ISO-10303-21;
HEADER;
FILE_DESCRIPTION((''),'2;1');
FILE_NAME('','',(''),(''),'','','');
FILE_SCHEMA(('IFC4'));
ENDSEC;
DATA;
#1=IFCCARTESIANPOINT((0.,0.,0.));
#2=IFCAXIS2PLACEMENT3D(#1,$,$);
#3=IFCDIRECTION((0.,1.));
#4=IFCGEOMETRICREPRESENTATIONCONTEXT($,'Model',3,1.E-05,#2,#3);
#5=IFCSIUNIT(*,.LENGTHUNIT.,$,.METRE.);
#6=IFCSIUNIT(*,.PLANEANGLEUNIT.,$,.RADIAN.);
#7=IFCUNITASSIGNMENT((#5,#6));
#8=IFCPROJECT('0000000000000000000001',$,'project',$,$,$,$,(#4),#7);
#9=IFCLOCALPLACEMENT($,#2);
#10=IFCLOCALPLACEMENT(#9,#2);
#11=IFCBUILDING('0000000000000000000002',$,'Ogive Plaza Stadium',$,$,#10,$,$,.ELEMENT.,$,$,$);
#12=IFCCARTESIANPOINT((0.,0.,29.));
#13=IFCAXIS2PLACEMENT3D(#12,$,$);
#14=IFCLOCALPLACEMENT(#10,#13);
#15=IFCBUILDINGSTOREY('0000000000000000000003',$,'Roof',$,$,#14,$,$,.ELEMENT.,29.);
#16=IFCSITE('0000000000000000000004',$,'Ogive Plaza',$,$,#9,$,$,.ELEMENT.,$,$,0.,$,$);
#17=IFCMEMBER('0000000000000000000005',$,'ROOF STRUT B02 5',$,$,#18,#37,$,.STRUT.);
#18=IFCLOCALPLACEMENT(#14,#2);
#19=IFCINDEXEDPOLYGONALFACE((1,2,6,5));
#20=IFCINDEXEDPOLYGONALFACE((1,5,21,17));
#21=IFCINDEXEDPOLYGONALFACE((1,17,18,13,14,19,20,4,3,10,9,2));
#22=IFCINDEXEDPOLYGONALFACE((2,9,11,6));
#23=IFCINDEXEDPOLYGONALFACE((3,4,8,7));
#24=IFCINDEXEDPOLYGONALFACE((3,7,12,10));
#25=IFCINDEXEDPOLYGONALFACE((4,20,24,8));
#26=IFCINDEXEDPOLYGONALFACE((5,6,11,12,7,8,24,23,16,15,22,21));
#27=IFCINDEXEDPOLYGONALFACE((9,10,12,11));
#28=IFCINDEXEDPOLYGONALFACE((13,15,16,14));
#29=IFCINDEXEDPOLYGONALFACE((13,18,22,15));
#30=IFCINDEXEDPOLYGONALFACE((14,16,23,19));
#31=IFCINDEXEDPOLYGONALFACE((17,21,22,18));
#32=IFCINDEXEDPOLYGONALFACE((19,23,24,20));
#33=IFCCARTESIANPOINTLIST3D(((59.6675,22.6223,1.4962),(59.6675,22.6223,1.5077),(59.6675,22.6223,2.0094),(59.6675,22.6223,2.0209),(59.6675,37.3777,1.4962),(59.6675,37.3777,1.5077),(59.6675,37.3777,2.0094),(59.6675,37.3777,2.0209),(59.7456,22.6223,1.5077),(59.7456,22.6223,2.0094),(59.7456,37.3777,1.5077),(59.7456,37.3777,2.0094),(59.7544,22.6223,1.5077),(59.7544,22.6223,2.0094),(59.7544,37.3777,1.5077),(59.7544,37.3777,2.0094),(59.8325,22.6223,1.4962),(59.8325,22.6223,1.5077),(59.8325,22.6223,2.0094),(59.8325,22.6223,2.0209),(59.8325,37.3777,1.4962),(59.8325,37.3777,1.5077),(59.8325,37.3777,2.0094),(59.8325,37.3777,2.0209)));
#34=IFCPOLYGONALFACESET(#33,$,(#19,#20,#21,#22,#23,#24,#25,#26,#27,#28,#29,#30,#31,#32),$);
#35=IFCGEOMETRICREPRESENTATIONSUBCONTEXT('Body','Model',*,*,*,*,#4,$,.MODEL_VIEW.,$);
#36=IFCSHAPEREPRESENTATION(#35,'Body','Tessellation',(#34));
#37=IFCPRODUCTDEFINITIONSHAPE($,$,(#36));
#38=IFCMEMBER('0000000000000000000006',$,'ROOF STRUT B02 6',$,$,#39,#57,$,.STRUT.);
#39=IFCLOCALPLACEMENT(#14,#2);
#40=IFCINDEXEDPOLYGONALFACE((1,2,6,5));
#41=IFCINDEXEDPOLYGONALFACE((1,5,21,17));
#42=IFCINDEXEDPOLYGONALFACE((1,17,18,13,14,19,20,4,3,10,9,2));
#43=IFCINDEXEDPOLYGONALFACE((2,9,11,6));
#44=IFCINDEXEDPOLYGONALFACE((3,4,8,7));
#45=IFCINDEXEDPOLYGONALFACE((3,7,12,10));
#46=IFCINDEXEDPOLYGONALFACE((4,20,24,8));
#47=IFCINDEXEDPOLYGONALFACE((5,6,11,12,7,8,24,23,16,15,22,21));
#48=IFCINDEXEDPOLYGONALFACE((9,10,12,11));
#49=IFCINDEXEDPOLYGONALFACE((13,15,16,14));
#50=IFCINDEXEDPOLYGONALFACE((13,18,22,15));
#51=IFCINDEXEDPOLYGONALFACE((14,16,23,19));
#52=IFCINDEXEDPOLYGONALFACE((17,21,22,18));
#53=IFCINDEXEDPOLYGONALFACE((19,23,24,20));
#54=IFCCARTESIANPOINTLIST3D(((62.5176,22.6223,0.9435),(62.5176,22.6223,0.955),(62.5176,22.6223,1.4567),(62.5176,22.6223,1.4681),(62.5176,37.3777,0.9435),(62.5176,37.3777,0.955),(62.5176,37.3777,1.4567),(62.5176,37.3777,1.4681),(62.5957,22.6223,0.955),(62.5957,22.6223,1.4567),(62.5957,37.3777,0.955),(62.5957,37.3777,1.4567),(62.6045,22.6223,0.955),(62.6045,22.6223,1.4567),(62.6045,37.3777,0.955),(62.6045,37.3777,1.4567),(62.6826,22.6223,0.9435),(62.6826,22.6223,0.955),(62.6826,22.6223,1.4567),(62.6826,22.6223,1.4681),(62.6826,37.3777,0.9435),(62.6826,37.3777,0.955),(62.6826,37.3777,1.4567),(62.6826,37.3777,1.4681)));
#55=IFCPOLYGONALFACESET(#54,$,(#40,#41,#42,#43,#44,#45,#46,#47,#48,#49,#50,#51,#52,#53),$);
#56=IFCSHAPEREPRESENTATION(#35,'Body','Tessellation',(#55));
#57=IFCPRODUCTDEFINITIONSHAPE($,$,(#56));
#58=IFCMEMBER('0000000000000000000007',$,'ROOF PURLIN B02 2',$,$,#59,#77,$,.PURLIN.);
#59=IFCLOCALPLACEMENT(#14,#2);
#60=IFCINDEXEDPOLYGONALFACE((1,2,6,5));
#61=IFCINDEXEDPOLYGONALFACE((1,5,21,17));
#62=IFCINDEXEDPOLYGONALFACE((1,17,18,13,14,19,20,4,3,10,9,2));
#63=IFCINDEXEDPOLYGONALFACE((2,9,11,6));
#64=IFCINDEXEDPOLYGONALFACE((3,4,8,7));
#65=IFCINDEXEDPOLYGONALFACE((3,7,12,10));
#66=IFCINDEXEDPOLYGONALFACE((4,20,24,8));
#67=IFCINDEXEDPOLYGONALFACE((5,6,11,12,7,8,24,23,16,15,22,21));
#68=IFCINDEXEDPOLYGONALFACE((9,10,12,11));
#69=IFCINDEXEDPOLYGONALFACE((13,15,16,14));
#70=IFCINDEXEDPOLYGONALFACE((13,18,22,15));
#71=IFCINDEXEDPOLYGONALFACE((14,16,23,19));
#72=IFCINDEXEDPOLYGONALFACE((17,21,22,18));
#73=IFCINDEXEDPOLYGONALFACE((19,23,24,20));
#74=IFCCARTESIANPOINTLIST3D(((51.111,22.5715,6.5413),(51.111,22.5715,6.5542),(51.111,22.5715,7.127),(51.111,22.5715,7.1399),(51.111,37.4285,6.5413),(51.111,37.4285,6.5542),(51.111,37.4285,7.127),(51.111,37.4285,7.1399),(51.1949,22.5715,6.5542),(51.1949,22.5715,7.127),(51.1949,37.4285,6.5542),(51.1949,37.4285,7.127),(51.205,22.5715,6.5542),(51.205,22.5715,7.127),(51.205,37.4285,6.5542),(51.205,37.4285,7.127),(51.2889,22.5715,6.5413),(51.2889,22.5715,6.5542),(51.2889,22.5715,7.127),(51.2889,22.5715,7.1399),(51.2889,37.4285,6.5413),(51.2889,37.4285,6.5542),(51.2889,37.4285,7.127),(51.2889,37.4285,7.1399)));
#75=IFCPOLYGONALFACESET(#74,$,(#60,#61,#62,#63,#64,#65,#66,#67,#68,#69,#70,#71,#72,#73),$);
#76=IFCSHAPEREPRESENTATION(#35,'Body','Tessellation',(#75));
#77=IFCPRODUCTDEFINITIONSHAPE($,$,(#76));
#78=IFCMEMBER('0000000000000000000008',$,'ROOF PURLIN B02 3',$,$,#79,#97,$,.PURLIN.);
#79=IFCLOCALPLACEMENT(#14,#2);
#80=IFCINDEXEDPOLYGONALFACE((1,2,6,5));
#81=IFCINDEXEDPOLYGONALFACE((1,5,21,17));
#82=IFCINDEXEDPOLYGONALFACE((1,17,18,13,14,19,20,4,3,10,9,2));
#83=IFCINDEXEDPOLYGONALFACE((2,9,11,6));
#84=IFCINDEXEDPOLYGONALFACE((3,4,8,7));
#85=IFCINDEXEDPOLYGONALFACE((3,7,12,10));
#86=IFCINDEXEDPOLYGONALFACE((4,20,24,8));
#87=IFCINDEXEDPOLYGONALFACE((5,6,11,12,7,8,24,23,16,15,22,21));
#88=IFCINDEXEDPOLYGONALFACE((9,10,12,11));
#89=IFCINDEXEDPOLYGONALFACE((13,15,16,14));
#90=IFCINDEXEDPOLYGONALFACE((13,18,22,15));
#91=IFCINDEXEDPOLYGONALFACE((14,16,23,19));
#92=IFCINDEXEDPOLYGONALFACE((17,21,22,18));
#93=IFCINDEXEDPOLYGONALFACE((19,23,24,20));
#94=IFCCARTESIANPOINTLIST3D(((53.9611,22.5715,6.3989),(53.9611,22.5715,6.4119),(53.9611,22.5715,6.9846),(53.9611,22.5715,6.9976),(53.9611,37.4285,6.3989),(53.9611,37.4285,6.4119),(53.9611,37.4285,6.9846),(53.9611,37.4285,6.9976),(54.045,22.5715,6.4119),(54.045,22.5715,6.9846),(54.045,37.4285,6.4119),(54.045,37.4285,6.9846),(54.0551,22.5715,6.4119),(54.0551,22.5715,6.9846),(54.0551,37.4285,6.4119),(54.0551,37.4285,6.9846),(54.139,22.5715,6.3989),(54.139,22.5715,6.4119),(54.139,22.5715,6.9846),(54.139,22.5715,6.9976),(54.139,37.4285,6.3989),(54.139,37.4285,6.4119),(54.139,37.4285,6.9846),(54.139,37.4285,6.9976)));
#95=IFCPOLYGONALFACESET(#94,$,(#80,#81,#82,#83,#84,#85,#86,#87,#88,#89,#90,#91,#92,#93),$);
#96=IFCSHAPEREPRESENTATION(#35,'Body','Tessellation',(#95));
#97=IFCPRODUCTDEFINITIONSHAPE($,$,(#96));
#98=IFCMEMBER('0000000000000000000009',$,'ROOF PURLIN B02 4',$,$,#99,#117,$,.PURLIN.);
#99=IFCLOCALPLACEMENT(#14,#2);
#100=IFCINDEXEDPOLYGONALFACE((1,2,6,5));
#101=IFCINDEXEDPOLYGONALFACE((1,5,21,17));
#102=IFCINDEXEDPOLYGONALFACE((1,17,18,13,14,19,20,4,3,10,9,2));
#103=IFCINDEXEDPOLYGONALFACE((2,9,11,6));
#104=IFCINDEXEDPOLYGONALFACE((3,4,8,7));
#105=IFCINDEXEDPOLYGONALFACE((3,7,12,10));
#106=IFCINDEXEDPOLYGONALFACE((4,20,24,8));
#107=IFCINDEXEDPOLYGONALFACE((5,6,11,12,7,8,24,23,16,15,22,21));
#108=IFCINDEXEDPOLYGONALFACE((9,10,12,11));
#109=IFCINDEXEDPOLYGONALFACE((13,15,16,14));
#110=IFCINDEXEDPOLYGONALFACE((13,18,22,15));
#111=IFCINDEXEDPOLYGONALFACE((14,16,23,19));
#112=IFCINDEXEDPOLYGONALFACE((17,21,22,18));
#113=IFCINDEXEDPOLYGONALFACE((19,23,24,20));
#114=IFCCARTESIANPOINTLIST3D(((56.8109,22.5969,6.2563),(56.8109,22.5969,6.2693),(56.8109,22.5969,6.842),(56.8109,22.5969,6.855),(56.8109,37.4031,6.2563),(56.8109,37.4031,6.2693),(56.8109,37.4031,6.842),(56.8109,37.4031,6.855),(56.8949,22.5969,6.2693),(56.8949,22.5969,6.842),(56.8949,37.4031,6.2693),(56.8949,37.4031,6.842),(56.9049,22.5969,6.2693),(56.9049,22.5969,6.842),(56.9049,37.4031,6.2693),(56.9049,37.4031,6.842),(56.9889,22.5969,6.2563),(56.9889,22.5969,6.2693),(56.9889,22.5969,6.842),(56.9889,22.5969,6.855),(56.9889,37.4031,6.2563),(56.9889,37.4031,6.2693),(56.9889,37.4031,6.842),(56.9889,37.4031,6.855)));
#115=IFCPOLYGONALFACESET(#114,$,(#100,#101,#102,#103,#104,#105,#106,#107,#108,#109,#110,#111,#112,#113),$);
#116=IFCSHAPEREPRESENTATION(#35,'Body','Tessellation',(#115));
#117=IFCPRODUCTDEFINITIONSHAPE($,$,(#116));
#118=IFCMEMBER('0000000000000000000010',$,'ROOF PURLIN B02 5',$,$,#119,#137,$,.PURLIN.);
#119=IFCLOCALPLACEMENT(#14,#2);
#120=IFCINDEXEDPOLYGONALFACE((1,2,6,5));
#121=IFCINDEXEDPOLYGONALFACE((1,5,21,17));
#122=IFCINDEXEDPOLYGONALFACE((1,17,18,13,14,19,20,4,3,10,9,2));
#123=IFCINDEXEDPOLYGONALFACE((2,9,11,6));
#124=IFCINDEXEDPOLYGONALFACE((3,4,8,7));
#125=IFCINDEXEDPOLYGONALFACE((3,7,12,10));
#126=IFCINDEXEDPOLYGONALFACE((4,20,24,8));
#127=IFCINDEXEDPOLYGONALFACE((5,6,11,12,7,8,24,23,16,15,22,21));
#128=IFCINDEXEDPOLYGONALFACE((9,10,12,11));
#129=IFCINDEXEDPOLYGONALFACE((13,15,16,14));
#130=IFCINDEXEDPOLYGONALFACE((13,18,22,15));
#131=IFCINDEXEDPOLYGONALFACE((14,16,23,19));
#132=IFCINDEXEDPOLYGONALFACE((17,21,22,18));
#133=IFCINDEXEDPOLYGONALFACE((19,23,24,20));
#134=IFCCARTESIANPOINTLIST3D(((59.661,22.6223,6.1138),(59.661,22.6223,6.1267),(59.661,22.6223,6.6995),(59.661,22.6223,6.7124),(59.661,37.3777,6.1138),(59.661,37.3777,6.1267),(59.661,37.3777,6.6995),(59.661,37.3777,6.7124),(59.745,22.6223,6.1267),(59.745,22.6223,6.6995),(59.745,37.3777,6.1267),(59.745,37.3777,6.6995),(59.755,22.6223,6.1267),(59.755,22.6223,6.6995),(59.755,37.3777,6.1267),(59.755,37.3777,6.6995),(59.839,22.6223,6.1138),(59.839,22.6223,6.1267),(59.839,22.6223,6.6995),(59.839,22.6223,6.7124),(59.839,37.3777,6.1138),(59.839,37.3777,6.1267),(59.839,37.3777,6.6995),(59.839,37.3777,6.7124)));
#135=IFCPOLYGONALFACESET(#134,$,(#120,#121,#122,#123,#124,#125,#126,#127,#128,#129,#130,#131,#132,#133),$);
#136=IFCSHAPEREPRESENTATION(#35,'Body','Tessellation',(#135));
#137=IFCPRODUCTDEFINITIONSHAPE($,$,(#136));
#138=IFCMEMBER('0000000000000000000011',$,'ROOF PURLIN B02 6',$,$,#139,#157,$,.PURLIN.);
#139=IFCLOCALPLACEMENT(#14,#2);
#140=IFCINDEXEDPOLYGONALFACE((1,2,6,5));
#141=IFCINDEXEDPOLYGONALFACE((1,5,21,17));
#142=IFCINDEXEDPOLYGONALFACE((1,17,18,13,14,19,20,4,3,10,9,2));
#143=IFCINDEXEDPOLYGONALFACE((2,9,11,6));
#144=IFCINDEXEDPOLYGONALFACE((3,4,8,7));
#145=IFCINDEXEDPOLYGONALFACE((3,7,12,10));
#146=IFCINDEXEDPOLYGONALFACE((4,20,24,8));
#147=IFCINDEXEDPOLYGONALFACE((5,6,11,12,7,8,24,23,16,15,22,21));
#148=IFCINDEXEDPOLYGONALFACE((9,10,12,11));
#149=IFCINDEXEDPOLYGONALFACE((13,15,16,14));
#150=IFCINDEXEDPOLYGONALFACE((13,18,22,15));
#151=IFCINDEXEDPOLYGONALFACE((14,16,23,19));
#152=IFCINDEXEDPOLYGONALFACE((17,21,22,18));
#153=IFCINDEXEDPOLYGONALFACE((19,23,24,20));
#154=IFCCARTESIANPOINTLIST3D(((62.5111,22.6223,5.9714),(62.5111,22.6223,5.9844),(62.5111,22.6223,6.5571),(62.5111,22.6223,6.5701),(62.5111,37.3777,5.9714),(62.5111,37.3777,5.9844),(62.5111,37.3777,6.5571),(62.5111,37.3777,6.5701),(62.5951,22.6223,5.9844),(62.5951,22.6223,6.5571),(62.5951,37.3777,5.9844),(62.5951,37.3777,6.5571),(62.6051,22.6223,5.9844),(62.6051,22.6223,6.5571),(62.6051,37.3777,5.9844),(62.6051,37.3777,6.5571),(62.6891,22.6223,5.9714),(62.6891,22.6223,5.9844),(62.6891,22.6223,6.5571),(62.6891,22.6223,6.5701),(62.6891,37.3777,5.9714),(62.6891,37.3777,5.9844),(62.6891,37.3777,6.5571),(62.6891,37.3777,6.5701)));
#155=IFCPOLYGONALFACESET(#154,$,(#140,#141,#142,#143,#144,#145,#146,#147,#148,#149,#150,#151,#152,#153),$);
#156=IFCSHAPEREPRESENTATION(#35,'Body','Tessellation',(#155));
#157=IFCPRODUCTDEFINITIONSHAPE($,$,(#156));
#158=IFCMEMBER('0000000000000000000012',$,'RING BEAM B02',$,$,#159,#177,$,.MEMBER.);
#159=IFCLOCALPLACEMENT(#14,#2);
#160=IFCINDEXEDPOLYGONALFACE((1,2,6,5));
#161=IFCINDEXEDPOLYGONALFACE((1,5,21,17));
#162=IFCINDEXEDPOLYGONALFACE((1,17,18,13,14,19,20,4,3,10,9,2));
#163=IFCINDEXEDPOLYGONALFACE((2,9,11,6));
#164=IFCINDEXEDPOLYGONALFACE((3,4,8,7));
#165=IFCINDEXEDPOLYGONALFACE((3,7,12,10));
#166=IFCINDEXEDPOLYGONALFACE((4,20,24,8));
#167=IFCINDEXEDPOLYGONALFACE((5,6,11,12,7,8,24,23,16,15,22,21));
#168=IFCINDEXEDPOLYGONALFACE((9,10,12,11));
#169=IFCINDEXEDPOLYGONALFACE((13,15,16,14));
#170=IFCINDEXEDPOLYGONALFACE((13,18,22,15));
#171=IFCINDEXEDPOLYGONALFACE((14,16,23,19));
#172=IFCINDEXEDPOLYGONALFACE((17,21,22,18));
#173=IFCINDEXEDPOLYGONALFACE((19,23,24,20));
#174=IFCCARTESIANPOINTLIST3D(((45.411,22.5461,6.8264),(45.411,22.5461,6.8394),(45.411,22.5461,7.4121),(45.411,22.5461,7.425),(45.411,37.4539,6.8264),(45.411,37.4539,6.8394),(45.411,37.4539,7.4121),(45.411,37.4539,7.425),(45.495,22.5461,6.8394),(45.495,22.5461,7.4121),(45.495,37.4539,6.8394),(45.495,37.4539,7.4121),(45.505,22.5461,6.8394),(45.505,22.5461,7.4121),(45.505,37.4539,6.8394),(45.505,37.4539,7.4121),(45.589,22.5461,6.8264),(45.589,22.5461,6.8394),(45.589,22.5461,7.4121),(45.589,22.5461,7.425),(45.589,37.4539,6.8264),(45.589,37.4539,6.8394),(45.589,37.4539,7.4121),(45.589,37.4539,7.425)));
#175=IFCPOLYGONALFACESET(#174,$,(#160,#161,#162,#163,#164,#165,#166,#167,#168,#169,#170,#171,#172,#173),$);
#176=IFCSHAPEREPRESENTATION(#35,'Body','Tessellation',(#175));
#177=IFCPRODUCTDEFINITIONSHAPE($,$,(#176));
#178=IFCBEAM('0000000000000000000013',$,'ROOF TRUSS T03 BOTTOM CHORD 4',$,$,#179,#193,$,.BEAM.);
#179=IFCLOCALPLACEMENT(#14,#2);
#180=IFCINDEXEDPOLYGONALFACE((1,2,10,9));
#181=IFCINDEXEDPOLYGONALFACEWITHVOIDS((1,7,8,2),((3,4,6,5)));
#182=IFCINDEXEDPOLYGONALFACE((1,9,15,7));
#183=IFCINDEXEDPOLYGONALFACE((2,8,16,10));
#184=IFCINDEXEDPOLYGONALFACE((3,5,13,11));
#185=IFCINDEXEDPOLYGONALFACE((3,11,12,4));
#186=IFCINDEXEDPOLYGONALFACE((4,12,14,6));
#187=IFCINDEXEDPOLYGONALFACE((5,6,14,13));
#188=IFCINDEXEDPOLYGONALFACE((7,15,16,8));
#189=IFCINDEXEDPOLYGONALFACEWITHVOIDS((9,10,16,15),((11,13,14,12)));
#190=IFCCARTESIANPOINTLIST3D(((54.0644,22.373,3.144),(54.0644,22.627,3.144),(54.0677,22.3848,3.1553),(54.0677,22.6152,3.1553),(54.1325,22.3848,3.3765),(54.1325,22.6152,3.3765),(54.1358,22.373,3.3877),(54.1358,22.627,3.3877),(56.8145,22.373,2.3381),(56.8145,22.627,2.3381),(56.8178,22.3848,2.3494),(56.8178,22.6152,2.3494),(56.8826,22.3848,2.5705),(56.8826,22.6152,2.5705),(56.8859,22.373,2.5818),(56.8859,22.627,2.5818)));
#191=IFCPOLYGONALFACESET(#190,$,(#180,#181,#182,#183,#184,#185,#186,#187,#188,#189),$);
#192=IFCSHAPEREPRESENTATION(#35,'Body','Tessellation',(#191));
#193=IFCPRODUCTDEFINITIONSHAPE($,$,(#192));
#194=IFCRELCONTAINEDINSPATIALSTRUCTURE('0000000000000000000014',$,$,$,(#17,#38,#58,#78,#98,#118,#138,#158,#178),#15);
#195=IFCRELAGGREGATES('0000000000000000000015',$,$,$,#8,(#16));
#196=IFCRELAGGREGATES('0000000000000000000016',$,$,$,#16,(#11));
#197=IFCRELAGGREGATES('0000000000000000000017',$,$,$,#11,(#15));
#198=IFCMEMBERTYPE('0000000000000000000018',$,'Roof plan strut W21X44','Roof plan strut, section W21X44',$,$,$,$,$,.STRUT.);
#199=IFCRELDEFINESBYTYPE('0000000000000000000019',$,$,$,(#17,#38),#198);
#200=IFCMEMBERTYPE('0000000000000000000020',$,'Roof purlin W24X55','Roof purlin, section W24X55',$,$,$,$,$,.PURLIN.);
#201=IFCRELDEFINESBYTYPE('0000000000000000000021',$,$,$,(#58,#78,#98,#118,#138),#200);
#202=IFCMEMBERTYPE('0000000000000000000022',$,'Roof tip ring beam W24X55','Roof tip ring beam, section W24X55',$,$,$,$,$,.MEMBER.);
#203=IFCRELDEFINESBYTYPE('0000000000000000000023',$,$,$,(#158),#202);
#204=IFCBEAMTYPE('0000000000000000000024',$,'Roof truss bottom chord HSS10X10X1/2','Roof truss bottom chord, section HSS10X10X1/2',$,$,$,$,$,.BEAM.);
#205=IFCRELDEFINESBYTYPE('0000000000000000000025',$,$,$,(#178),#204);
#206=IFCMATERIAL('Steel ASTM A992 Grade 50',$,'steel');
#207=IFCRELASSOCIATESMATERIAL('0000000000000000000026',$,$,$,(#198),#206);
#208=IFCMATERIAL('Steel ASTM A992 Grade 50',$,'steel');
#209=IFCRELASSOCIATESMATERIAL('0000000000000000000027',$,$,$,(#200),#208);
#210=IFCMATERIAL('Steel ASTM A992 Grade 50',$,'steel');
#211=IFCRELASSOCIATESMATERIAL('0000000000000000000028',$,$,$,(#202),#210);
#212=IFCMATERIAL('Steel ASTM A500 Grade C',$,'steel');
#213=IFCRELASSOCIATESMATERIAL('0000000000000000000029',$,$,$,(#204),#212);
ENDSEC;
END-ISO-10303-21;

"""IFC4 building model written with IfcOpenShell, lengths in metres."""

from ifc_helpers import new_model, si_unit, direction, frame, origin, origin_2d, place, context, subcontext, project, spatial, hollow_rectangle, i_section, extrude, material, material_profile, profile_set, type_object, element, save


model = new_model("IFC4")

# Units and contexts
model_context = context("Model", 3, precision=1e-05, world=origin(), true_north=direction((0.0, 1.0)))
body_context = subcontext(model_context, "Body", "Model", "MODEL_VIEW")
ifc_project = project(units=[si_unit("LENGTHUNIT", "METRE"), si_unit("PLANEANGLEUNIT", "RADIAN")], contexts=[model_context])

# Site, building, storey
site_placement = place(None, origin())
site = spatial("IfcSite", under=ifc_project, at=site_placement, Name="Ogive Plaza", CompositionType="ELEMENT", RefElevation=0.0)
building_placement = place(site_placement, origin())
building = spatial("IfcBuilding", under=site, at=building_placement, Name="Ogive Plaza Stadium", CompositionType="ELEMENT")
storey_placement = place(building_placement, frame((0.0, 0.0, 29.0)))
storey = spatial("IfcBuildingStorey", under=building, at=storey_placement, Name="Roof", CompositionType="ELEMENT", Elevation=29.0)

# Members
ifc_material_1 = material(Name="Steel ASTM A992 Grade 50", Category="steel")
ifc_material_profile_1 = material_profile(ifc_material_1, i_section(OverallWidth=0.165, OverallDepth=0.5247, WebThickness=0.0088, FlangeThickness=0.0115, at=origin_2d()), Name="W21X44")
ifc_profile_set_1 = profile_set([ifc_material_profile_1], Name="Steel ASTM A992 Grade 50")
member_type_1 = type_object("IfcMemberType", Name="Roof plan strut W21X44", Description="Roof plan strut, section W21X44", PredefinedType="STRUT", material=ifc_profile_set_1)
for number, where, z_axis, x_axis, name in (
    (1, (59.75, 37.3777, 1.7585), (0.0, -1.0, 0.0), (1.0, 0.0, 0.0), "ROOF STRUT B02 5"),
    (2, (62.6001, 37.3777, 1.2058), (0.0, -1.0, 0.0), (1.0, 0.0, 0.0), "ROOF STRUT B02 6"),
):
    element("IfcMember", number, at=place(storey_placement, frame(where, z_axis=z_axis, x_axis=x_axis)), inside=storey, type_object=member_type_1, Name=name, PredefinedType="STRUT", context=body_context, shape_type="SweptSolid", body=[
        extrude(i_section(OverallWidth=0.165, OverallDepth=0.5247, WebThickness=0.0088, FlangeThickness=0.0115, at=origin_2d()), origin(), (0.0, 0.0, 1.0), 14.7554),
    ])
ifc_material_2 = material(Name="Steel ASTM A992 Grade 50", Category="steel")
ifc_material_profile_2 = material_profile(ifc_material_2, i_section(OverallWidth=0.178, OverallDepth=0.5986, WebThickness=0.01, FlangeThickness=0.0129, at=origin_2d()), Name="W24X55")
ifc_profile_set_2 = profile_set([ifc_material_profile_2], Name="Steel ASTM A992 Grade 50")
member_type_2 = type_object("IfcMemberType", Name="Roof purlin W24X55", Description="Roof purlin, section W24X55", PredefinedType="PURLIN", material=ifc_profile_set_2)
for number, where, z_axis, x_axis, name in (
    (3, (51.2, 37.4285, 6.8406), (0.0, -1.0, 0.0), (1.0, 0.0, 0.0), "ROOF PURLIN B02 2"),
    (4, (54.05, 37.4285, 6.6982), (0.0, -1.0, 0.0), (1.0, 0.0, 0.0), "ROOF PURLIN B02 3"),
):
    element("IfcMember", number, at=place(storey_placement, frame(where, z_axis=z_axis, x_axis=x_axis)), inside=storey, type_object=member_type_2, Name=name, PredefinedType="PURLIN", context=body_context, shape_type="SweptSolid", body=[
        extrude(i_section(OverallWidth=0.178, OverallDepth=0.5986, WebThickness=0.01, FlangeThickness=0.0129, at=origin_2d()), origin(), (0.0, 0.0, 1.0), 14.8569),
    ])
member_1_placement = place(storey_placement, frame((56.8999, 37.4031, 6.5557), z_axis=(0.0, -1.0, 0.0), x_axis=(1.0, 0.0, 0.0)))
element("IfcMember", 5, at=member_1_placement, inside=storey, type_object=member_type_2, Name="ROOF PURLIN B02 4", PredefinedType="PURLIN", context=body_context, shape_type="SweptSolid", body=[
    extrude(i_section(OverallWidth=0.178, OverallDepth=0.5986, WebThickness=0.01, FlangeThickness=0.0129, at=origin_2d()), origin(), (0.0, 0.0, 1.0), 14.8062),
])
for number, where, z_axis, x_axis, name in (
    (6, (59.75, 37.3777, 6.4131), (0.0, -1.0, 0.0), (1.0, 0.0, 0.0), "ROOF PURLIN B02 5"),
    (7, (62.6001, 37.3777, 6.2708), (0.0, -1.0, 0.0), (1.0, 0.0, 0.0), "ROOF PURLIN B02 6"),
):
    element("IfcMember", number, at=place(storey_placement, frame(where, z_axis=z_axis, x_axis=x_axis)), inside=storey, type_object=member_type_2, Name=name, PredefinedType="PURLIN", context=body_context, shape_type="SweptSolid", body=[
        extrude(i_section(OverallWidth=0.178, OverallDepth=0.5986, WebThickness=0.01, FlangeThickness=0.0129, at=origin_2d()), origin(), (0.0, 0.0, 1.0), 14.7554),
    ])
ifc_material_3 = material(Name="Steel ASTM A992 Grade 50", Category="steel")
ifc_material_profile_3 = material_profile(ifc_material_3, i_section(OverallWidth=0.178, OverallDepth=0.5986, WebThickness=0.01, FlangeThickness=0.0129, at=origin_2d()), Name="W24X55")
ifc_profile_set_3 = profile_set([ifc_material_profile_3], Name="Steel ASTM A992 Grade 50")
member_type_3 = type_object("IfcMemberType", Name="Roof tip ring beam W24X55", Description="Roof tip ring beam, section W24X55", PredefinedType="MEMBER", material=ifc_profile_set_3)
member_2_placement = place(storey_placement, frame((45.5, 37.4539, 7.1257), z_axis=(0.0, -1.0, 0.0), x_axis=(1.0, 0.0, 0.0)))
element("IfcMember", 8, at=member_2_placement, inside=storey, type_object=member_type_3, Name="RING BEAM B02", PredefinedType="MEMBER", context=body_context, shape_type="SweptSolid", body=[
    extrude(i_section(OverallWidth=0.178, OverallDepth=0.5986, WebThickness=0.01, FlangeThickness=0.0129, at=origin_2d()), origin(), (0.0, 0.0, 1.0), 14.9077),
])

# Beam
ifc_material_4 = material(Name="Steel ASTM A500 Grade C", Category="steel")
ifc_material_profile_4 = material_profile(ifc_material_4, hollow_rectangle(XDim=0.2539, YDim=0.2539, WallThickness=0.0117, at=origin_2d()), Name="HSS10X10X1/2")
ifc_profile_set_4 = profile_set([ifc_material_profile_4], Name="Steel ASTM A500 Grade C")
beam_type_1 = type_object("IfcBeamType", Name="Roof truss bottom chord HSS10X10X1/2", Description="Roof truss bottom chord, section HSS10X10X1/2", PredefinedType="BEAM", material=ifc_profile_set_4)
beam_1_placement = place(storey_placement, frame((54.1001, 22.5, 3.2659), z_axis=(0.95964, 0.0, -0.28123), x_axis=(0.0, 1.0, 0.0)))
element("IfcBeam", 9, at=beam_1_placement, inside=storey, type_object=beam_type_1, Name="ROOF TRUSS T03 BOTTOM CHORD 4", PredefinedType="BEAM", context=body_context, shape_type="SweptSolid", body=[
    extrude(hollow_rectangle(XDim=0.2539, YDim=0.2539, WallThickness=0.0117, at=origin_2d()), origin(), (0.0, 0.0, 1.0), 2.8657),
])

save(model, "model.ifc")
